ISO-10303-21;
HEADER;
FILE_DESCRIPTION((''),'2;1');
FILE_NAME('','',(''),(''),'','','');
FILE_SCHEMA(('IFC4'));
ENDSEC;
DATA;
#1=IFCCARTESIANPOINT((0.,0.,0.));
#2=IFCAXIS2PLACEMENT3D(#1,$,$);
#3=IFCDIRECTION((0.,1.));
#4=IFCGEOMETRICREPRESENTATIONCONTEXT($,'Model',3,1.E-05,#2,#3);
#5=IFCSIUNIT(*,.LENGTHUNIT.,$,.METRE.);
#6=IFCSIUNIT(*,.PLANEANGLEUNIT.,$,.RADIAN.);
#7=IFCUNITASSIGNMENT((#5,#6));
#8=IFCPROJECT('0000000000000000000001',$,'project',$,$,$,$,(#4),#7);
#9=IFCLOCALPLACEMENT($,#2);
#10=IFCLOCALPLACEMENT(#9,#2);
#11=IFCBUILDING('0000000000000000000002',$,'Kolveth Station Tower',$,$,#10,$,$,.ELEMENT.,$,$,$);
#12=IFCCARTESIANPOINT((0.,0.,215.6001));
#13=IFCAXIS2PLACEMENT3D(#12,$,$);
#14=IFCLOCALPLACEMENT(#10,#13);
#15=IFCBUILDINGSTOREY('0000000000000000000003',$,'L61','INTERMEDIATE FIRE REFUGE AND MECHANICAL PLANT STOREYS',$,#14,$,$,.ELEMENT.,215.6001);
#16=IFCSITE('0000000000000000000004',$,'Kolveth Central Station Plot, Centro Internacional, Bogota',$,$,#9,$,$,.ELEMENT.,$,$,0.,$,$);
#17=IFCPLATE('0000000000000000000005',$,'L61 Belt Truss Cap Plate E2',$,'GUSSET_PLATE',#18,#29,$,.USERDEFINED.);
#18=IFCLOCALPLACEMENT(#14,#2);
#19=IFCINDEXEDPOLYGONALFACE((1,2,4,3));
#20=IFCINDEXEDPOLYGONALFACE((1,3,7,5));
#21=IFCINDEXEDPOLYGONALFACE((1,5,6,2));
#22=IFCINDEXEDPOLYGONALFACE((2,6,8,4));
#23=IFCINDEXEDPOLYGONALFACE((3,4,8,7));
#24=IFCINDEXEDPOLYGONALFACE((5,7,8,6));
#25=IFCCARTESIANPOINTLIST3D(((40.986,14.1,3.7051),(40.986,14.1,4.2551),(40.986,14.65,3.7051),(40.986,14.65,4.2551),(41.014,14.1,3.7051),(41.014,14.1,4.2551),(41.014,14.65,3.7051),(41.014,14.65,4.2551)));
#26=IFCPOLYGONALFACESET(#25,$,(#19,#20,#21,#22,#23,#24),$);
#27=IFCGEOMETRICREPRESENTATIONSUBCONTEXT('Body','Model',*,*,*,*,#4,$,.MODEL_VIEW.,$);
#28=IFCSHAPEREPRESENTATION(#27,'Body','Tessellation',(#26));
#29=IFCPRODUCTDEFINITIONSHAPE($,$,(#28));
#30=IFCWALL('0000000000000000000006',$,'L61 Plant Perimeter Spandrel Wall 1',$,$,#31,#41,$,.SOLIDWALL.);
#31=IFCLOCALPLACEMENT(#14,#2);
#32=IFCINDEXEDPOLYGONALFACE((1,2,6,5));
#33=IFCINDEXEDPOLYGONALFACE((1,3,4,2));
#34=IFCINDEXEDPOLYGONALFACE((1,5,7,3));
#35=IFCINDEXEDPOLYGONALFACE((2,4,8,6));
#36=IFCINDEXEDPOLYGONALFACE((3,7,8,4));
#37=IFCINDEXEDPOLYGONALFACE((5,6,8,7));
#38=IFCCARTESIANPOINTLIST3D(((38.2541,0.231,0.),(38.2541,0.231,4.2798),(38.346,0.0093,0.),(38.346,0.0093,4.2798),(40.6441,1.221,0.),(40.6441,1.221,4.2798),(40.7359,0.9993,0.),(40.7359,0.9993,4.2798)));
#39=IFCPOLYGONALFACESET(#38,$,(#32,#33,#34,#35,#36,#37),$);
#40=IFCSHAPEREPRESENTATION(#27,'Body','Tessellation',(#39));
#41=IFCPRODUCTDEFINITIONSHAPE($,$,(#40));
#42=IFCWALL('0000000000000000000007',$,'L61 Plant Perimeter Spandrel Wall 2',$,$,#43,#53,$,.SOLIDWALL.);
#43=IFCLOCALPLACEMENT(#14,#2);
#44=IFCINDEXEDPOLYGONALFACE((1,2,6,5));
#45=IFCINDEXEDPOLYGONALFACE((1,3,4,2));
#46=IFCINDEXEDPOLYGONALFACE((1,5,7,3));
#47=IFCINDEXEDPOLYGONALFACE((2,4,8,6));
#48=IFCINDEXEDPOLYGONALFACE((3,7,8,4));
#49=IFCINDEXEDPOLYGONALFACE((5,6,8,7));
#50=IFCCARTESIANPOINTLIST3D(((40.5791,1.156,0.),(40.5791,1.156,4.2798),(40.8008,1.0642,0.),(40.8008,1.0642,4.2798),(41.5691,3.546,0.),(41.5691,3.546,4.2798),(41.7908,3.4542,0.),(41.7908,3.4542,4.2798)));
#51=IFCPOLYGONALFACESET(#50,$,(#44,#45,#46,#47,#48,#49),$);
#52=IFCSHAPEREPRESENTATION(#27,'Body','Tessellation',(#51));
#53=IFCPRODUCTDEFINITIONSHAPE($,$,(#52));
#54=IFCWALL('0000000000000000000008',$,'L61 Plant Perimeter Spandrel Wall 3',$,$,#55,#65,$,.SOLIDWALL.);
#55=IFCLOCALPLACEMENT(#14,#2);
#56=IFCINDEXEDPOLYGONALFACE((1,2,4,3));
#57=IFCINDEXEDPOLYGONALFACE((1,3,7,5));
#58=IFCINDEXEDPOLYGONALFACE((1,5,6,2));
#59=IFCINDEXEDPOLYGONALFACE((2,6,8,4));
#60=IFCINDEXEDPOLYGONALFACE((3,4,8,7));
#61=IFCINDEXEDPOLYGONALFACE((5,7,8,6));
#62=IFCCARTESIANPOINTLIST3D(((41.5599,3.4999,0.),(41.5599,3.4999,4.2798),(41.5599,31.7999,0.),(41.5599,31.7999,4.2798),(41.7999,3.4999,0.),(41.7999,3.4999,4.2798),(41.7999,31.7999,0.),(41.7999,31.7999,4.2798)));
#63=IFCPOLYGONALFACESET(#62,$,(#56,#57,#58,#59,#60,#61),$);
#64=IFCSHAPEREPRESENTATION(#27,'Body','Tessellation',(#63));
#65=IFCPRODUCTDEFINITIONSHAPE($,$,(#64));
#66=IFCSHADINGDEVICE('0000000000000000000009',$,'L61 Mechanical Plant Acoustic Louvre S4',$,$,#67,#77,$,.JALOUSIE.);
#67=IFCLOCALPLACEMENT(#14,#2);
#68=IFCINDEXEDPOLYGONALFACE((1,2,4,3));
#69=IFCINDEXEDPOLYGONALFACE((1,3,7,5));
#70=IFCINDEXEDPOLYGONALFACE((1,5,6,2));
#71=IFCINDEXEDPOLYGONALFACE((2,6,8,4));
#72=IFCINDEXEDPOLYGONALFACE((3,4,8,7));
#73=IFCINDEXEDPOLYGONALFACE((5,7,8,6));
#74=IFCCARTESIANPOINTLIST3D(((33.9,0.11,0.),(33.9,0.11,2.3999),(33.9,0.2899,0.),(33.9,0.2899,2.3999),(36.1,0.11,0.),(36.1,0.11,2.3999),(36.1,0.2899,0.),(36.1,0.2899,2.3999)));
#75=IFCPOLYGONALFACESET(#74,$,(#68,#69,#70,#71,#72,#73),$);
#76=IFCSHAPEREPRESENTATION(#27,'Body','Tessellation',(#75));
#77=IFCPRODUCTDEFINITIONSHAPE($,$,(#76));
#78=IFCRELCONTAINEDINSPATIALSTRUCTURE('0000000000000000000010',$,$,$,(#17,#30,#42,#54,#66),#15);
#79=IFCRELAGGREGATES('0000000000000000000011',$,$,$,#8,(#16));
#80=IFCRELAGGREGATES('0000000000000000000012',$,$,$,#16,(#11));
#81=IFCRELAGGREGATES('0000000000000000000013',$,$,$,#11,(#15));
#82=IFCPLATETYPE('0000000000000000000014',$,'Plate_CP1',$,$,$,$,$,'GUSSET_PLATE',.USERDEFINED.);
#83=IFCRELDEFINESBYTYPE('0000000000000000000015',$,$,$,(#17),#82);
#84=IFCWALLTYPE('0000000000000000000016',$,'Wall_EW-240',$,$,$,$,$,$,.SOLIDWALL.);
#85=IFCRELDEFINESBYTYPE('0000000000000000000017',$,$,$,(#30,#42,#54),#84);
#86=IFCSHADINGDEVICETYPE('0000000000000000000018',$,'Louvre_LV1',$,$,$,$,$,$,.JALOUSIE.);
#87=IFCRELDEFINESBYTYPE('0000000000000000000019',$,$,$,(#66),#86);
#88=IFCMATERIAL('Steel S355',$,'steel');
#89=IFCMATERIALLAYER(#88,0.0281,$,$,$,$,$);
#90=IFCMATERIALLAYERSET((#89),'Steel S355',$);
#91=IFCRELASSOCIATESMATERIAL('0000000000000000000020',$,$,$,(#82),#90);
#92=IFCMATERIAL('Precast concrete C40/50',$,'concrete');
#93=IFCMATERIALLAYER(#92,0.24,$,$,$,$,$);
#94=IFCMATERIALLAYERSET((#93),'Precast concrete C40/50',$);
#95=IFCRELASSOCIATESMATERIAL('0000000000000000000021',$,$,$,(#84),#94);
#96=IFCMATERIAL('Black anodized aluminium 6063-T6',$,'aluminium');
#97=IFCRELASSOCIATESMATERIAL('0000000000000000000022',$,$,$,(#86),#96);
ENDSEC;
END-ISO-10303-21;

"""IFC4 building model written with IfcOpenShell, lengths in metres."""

from ifc_helpers import new_model, si_unit, direction, frame, frame_2d, origin, origin_2d, place, context, subcontext, project, spatial, rectangle, extrude, source, transform, mapped, material, layer, layer_set, type_object, element, save


model = new_model("IFC4")

# Units and contexts
model_context = context("Model", 3, precision=1e-05, world=origin(), true_north=direction((0.0, 1.0)))
body_context = subcontext(model_context, "Body", "Model", "MODEL_VIEW")
ifc_project = project(units=[si_unit("LENGTHUNIT", "METRE"), si_unit("PLANEANGLEUNIT", "RADIAN")], contexts=[model_context])

# Site, building, storey
site_placement = place(None, origin())
site = spatial("IfcSite", under=ifc_project, at=site_placement, Name="Kolveth Central Station Plot, Centro Internacional, Bogota", CompositionType="ELEMENT", RefElevation=0.0)
building_placement = place(site_placement, origin())
building = spatial("IfcBuilding", under=site, at=building_placement, Name="Kolveth Station Tower", CompositionType="ELEMENT")
storey_placement = place(building_placement, frame((0.0, 0.0, 215.6001)))
storey = spatial("IfcBuildingStorey", under=building, at=storey_placement, Name="L61", Description="INTERMEDIATE FIRE REFUGE AND MECHANICAL PLANT STOREYS", CompositionType="ELEMENT", Elevation=215.6001)

# Shared definitions
ifc_material_1 = material(Name="Steel S355", Category="steel")

# Plate
ifc_layer_1 = layer(ifc_material_1, 0.0281)
ifc_layer_set_1 = layer_set([ifc_layer_1], Name="Steel S355")
plate_type_1 = type_object("IfcPlateType", Name="Plate_CP1", ElementType="GUSSET_PLATE", PredefinedType="USERDEFINED", material=ifc_layer_set_1)
shared_shape_1 = source(origin(), body_context, "Body", "SweptSolid", [
    extrude(rectangle(XDim=0.0281, YDim=0.55, at=origin_2d()), origin(), (0.0, 0.0, 1.0), 0.55),
])
for number, where, z_axis, x_axis, name in (
    (1, (41.0, 14.375, 3.7051), (0.0, 0.0, 1.0), (1.0, 0.0, 0.0), "L61 Belt Truss Cap Plate E2"),
):
    element("IfcPlate", number, at=place(storey_placement, frame(where, z_axis=z_axis, x_axis=x_axis)), inside=storey, type_object=plate_type_1, Name=name, ObjectType="GUSSET_PLATE", PredefinedType="USERDEFINED", context=body_context, shape_type="MappedRepresentation", body=[
        mapped(shared_shape_1, transform((0.0, 0.0, 0.0), x_axis=(1.0, 0.0, 0.0), y_axis=(0.0, 1.0, 0.0), z_axis=(0.0, 0.0, 1.0), scale=1.0)),
    ])

# Walls
ifc_material_2 = material(Name="Precast concrete C40/50", Category="concrete")
ifc_layer_2 = layer(ifc_material_2, 0.24)
ifc_layer_set_2 = layer_set([ifc_layer_2], Name="Precast concrete C40/50")
wall_type = type_object("IfcWallType", Name="Wall_EW-240", PredefinedType="SOLIDWALL", material=ifc_layer_set_2)
for number, where, z_axis, x_axis, name in (
    (2, (38.3, 0.1201, 0.0), (0.0, 0.0, 1.0), (0.923871, 0.382705, 0.0), "L61 Plant Perimeter Spandrel Wall 1"),
    (3, (40.6899, 1.1101, 0.0), (0.0, 0.0, 1.0), (0.382705, 0.923871, 0.0), "L61 Plant Perimeter Spandrel Wall 2"),
):
    element("IfcWall", number, at=place(storey_placement, frame(where, z_axis=z_axis, x_axis=x_axis)), inside=storey, type_object=wall_type, Name=name, PredefinedType="SOLIDWALL", context=body_context, shape_type="SweptSolid", body=[
        extrude(rectangle(XDim=2.5869, YDim=0.24, at=frame_2d((1.2935, 0.0))), origin(), (0.0, 0.0, 1.0), 4.2798),
    ])
wall_placement = place(storey_placement, frame((41.6799, 3.5, 0.0), z_axis=(0.0, 0.0, 1.0), x_axis=(0.0, 1.0, 0.0)))
element("IfcWall", 4, at=wall_placement, inside=storey, type_object=wall_type, Name="L61 Plant Perimeter Spandrel Wall 3", PredefinedType="SOLIDWALL", context=body_context, shape_type="SweptSolid", body=[
    extrude(rectangle(XDim=28.3, YDim=0.24, at=frame_2d((14.1499, 0.0))), origin(), (0.0, 0.0, 1.0), 4.2798),
])

# Shading device
ifc_material_3 = material(Name="Black anodized aluminium 6063-T6", Category="aluminium")
shading_device_type = type_object("IfcShadingDeviceType", Name="Louvre_LV1", PredefinedType="JALOUSIE", material=ifc_material_3)
shared_shape_2 = source(origin(), body_context, "Body", "SweptSolid", [
    extrude(rectangle(XDim=2.2, YDim=0.1799, at=origin_2d()), origin(), (0.0, 0.0, 1.0), 2.3999),
])
shading_device_placement = place(storey_placement, frame((35.0, 0.2, 0.0), z_axis=(0.0, 0.0, 1.0), x_axis=(1.0, 0.0, 0.0)))
element("IfcShadingDevice", 5, at=shading_device_placement, inside=storey, type_object=shading_device_type, Name="L61 Mechanical Plant Acoustic Louvre S4", PredefinedType="JALOUSIE", context=body_context, shape_type="MappedRepresentation", body=[
    mapped(shared_shape_2, transform((0.0, 0.0, 0.0), x_axis=(1.0, 0.0, 0.0), y_axis=(0.0, 1.0, 0.0), z_axis=(0.0, 0.0, 1.0), scale=1.0)),
])

save(model, "model.ifc")
